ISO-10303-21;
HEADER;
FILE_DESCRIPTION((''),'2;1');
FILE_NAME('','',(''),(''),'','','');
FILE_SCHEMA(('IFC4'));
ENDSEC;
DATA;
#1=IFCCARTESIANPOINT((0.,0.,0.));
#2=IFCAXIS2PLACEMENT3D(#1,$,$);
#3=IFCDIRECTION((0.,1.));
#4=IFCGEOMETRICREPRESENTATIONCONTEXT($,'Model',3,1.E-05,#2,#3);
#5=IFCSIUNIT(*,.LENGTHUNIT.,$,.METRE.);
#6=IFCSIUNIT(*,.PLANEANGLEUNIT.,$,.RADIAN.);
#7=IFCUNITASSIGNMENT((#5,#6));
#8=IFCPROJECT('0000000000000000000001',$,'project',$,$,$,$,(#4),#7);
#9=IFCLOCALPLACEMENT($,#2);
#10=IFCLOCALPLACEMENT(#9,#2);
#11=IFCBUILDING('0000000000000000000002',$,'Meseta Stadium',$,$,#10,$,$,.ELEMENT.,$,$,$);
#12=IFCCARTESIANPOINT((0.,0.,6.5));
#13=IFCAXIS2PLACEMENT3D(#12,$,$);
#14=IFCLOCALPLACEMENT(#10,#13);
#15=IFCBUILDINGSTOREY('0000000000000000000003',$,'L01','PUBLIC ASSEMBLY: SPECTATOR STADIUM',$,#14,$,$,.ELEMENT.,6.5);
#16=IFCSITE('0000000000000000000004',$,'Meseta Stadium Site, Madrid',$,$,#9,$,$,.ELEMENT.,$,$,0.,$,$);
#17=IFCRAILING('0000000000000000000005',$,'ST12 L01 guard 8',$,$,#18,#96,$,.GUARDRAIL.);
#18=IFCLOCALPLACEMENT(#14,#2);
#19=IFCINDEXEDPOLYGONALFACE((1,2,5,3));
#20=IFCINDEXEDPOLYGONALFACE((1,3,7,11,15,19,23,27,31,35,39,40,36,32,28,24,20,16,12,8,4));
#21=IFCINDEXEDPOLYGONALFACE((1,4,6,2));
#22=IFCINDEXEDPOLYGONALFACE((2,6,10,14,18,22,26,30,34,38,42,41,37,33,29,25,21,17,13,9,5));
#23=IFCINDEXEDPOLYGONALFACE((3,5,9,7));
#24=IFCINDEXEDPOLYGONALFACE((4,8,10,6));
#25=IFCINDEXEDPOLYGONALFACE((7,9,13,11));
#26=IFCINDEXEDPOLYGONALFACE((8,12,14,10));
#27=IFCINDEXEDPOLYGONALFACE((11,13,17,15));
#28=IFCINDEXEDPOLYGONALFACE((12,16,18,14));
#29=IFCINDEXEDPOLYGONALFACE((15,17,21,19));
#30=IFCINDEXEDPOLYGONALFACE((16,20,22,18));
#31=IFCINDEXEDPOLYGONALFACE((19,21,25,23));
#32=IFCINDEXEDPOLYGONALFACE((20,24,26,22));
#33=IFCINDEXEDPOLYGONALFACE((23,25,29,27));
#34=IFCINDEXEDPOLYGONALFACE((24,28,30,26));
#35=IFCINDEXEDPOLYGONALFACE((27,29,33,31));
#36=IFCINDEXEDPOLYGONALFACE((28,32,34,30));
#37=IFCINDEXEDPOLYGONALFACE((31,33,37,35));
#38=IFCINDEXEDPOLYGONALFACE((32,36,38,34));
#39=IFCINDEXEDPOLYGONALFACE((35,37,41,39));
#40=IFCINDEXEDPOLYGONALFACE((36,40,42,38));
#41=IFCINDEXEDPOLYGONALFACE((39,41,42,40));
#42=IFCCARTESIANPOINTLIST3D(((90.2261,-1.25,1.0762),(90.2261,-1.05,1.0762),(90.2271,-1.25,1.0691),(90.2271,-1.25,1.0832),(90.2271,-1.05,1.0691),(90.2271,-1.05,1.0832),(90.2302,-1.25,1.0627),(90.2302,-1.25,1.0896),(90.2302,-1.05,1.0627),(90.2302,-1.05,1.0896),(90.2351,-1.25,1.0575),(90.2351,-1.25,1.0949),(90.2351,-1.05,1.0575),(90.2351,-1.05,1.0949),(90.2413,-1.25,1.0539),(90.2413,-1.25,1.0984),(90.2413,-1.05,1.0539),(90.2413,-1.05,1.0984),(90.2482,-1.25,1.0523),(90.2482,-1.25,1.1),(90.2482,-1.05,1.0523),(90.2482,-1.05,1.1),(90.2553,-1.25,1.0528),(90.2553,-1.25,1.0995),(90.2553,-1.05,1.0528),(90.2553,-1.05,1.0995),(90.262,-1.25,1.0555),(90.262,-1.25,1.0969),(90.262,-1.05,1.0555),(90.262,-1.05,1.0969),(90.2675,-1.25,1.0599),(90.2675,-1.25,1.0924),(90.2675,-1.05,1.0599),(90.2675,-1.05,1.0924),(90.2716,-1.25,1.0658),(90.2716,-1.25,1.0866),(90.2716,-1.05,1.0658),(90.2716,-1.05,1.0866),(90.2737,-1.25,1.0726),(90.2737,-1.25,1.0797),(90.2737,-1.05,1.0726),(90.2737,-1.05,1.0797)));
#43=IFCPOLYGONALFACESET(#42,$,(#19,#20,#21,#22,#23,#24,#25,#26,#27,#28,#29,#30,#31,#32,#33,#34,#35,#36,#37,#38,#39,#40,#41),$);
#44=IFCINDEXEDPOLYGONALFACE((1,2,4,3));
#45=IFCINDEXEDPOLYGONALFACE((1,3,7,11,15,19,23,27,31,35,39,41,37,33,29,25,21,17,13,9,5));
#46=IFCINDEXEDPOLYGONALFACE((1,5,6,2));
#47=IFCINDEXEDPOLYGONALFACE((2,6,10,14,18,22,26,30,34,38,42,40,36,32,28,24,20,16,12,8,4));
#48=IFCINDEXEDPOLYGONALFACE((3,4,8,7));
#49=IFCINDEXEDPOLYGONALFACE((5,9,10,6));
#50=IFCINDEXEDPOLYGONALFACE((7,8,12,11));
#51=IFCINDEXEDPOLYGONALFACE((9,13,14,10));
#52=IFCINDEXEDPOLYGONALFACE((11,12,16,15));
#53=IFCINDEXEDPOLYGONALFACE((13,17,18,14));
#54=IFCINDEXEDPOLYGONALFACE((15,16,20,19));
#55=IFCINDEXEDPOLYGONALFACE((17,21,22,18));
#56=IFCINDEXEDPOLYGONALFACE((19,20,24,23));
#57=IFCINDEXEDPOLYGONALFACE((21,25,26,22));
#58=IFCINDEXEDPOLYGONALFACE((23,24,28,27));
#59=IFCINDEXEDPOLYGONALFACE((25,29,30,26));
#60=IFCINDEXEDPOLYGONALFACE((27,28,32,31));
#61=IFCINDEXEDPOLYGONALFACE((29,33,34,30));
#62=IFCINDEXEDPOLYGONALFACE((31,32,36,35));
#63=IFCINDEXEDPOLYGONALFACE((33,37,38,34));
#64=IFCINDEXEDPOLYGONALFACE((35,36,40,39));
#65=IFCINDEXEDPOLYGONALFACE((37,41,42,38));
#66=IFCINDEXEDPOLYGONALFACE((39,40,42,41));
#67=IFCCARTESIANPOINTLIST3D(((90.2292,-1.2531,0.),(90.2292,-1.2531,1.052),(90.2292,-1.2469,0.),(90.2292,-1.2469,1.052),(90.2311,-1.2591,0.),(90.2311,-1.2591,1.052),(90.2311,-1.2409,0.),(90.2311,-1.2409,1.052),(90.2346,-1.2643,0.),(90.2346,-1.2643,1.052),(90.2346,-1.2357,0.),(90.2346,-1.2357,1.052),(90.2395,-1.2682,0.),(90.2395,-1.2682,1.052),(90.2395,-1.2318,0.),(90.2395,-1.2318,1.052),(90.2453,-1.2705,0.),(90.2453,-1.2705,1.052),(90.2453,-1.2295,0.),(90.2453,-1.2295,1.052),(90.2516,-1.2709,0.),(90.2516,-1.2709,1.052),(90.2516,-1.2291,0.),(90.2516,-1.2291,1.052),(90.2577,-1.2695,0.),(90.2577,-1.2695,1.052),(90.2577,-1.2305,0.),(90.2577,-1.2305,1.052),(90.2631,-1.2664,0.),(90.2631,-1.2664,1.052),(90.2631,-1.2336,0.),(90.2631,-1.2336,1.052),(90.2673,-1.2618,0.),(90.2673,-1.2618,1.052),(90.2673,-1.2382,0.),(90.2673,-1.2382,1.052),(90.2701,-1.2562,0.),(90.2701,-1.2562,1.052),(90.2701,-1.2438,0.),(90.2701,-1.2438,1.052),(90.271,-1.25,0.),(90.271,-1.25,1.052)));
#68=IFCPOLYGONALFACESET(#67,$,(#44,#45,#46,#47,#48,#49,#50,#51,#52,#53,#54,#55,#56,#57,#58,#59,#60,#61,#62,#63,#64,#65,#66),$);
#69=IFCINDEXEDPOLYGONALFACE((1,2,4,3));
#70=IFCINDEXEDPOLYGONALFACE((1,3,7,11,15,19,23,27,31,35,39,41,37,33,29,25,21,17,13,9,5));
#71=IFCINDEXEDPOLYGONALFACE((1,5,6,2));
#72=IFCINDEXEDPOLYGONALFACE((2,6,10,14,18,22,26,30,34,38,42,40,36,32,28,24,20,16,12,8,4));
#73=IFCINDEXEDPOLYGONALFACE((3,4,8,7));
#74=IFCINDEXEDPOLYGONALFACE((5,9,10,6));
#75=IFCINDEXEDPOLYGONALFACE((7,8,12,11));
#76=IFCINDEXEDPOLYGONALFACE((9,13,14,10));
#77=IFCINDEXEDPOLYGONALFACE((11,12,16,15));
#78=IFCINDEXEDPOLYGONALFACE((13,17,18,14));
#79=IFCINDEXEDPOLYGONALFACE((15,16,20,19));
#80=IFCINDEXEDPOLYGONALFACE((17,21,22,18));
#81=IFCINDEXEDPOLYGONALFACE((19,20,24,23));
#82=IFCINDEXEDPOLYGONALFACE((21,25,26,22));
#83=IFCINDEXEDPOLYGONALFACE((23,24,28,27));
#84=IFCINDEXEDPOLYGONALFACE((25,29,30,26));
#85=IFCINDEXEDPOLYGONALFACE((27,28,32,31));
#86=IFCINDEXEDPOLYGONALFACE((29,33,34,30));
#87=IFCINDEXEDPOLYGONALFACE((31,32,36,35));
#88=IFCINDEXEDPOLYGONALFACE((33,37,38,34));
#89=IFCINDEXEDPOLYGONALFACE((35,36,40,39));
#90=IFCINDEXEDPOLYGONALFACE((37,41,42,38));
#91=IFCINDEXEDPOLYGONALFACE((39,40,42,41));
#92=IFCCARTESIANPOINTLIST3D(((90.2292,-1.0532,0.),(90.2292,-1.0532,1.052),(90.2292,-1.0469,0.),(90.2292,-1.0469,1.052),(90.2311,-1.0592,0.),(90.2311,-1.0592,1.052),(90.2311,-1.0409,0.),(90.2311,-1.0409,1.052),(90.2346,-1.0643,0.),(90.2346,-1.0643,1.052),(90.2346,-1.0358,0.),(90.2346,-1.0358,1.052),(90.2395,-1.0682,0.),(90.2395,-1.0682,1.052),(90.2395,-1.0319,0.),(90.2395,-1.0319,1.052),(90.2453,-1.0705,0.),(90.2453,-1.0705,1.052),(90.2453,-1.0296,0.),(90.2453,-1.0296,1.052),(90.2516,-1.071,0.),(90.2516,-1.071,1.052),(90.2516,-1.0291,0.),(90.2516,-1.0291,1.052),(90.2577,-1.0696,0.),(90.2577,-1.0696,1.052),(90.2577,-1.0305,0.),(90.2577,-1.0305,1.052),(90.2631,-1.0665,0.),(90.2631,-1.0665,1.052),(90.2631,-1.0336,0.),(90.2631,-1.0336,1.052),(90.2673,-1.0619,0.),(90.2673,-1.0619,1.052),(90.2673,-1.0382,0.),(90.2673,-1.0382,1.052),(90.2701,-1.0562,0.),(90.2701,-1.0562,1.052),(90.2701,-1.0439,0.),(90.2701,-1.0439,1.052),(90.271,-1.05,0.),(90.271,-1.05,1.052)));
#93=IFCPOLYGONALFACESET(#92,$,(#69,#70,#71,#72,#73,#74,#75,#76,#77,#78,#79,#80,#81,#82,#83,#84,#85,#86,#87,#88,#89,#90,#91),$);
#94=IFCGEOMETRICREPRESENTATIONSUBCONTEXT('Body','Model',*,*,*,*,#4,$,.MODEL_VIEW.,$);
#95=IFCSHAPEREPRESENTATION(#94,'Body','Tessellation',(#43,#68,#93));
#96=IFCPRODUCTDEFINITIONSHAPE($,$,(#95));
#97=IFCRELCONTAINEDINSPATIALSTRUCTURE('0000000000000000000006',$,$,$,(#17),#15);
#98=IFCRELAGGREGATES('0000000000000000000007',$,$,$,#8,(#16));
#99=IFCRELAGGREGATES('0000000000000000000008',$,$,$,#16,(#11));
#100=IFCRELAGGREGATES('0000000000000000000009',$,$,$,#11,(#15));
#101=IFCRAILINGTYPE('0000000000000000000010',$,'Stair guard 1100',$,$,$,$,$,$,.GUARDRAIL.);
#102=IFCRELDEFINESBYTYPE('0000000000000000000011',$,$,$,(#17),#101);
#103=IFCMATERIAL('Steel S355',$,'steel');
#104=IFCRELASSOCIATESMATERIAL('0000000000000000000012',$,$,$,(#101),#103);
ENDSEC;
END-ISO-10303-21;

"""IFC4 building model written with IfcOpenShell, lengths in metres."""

from ifc_helpers import new_model, si_unit, direction, frame, origin, origin_2d, place, context, subcontext, project, spatial, circle, extrude, material, type_object, element, save


model = new_model("IFC4")

# Units and contexts
model_context = context("Model", 3, precision=1e-05, world=origin(), true_north=direction((0.0, 1.0)))
body_context = subcontext(model_context, "Body", "Model", "MODEL_VIEW")
ifc_project = project(units=[si_unit("LENGTHUNIT", "METRE"), si_unit("PLANEANGLEUNIT", "RADIAN")], contexts=[model_context])

# Site, building, storey
site_placement = place(None, origin())
site = spatial("IfcSite", under=ifc_project, at=site_placement, Name="Meseta Stadium Site, Madrid", CompositionType="ELEMENT", RefElevation=0.0)
building_placement = place(site_placement, origin())
building = spatial("IfcBuilding", under=site, at=building_placement, Name="Meseta Stadium", CompositionType="ELEMENT")
storey_placement = place(building_placement, frame((0.0, 0.0, 6.5)))
storey = spatial("IfcBuildingStorey", under=building, at=storey_placement, Name="L01", Description="PUBLIC ASSEMBLY: SPECTATOR STADIUM", CompositionType="ELEMENT", Elevation=6.5)

# Railing
ifc_material_1 = material(Name="Steel S355", Category="steel")
railing_type_1 = type_object("IfcRailingType", Name="Stair guard 1100", PredefinedType="GUARDRAIL", material=ifc_material_1)
for number, where, name in (
    (1, (90.25, -1.25, 0.0), "ST12 L01 guard 8"),
):
    element("IfcRailing", number, at=place(storey_placement, frame(where)), inside=storey, type_object=railing_type_1, Name=name, PredefinedType="GUARDRAIL", context=body_context, shape_type="SweptSolid", body=[
        extrude(circle(Radius=0.0239, at=origin_2d()), frame((0.0, 0.0, 1.0762), z_axis=(0.0, 1.0, 0.0), x_axis=(-1.0, 0.0, 0.0)), (0.0, 0.0, 1.0), 0.2),
        extrude(circle(Radius=0.021, at=origin_2d()), origin(), (0.0, 0.0, 1.0), 1.052),
        extrude(circle(Radius=0.021, at=origin_2d()), frame((0.0, 0.2, 0.0)), (0.0, 0.0, 1.0), 1.052),
    ])

save(model, "model.ifc")
